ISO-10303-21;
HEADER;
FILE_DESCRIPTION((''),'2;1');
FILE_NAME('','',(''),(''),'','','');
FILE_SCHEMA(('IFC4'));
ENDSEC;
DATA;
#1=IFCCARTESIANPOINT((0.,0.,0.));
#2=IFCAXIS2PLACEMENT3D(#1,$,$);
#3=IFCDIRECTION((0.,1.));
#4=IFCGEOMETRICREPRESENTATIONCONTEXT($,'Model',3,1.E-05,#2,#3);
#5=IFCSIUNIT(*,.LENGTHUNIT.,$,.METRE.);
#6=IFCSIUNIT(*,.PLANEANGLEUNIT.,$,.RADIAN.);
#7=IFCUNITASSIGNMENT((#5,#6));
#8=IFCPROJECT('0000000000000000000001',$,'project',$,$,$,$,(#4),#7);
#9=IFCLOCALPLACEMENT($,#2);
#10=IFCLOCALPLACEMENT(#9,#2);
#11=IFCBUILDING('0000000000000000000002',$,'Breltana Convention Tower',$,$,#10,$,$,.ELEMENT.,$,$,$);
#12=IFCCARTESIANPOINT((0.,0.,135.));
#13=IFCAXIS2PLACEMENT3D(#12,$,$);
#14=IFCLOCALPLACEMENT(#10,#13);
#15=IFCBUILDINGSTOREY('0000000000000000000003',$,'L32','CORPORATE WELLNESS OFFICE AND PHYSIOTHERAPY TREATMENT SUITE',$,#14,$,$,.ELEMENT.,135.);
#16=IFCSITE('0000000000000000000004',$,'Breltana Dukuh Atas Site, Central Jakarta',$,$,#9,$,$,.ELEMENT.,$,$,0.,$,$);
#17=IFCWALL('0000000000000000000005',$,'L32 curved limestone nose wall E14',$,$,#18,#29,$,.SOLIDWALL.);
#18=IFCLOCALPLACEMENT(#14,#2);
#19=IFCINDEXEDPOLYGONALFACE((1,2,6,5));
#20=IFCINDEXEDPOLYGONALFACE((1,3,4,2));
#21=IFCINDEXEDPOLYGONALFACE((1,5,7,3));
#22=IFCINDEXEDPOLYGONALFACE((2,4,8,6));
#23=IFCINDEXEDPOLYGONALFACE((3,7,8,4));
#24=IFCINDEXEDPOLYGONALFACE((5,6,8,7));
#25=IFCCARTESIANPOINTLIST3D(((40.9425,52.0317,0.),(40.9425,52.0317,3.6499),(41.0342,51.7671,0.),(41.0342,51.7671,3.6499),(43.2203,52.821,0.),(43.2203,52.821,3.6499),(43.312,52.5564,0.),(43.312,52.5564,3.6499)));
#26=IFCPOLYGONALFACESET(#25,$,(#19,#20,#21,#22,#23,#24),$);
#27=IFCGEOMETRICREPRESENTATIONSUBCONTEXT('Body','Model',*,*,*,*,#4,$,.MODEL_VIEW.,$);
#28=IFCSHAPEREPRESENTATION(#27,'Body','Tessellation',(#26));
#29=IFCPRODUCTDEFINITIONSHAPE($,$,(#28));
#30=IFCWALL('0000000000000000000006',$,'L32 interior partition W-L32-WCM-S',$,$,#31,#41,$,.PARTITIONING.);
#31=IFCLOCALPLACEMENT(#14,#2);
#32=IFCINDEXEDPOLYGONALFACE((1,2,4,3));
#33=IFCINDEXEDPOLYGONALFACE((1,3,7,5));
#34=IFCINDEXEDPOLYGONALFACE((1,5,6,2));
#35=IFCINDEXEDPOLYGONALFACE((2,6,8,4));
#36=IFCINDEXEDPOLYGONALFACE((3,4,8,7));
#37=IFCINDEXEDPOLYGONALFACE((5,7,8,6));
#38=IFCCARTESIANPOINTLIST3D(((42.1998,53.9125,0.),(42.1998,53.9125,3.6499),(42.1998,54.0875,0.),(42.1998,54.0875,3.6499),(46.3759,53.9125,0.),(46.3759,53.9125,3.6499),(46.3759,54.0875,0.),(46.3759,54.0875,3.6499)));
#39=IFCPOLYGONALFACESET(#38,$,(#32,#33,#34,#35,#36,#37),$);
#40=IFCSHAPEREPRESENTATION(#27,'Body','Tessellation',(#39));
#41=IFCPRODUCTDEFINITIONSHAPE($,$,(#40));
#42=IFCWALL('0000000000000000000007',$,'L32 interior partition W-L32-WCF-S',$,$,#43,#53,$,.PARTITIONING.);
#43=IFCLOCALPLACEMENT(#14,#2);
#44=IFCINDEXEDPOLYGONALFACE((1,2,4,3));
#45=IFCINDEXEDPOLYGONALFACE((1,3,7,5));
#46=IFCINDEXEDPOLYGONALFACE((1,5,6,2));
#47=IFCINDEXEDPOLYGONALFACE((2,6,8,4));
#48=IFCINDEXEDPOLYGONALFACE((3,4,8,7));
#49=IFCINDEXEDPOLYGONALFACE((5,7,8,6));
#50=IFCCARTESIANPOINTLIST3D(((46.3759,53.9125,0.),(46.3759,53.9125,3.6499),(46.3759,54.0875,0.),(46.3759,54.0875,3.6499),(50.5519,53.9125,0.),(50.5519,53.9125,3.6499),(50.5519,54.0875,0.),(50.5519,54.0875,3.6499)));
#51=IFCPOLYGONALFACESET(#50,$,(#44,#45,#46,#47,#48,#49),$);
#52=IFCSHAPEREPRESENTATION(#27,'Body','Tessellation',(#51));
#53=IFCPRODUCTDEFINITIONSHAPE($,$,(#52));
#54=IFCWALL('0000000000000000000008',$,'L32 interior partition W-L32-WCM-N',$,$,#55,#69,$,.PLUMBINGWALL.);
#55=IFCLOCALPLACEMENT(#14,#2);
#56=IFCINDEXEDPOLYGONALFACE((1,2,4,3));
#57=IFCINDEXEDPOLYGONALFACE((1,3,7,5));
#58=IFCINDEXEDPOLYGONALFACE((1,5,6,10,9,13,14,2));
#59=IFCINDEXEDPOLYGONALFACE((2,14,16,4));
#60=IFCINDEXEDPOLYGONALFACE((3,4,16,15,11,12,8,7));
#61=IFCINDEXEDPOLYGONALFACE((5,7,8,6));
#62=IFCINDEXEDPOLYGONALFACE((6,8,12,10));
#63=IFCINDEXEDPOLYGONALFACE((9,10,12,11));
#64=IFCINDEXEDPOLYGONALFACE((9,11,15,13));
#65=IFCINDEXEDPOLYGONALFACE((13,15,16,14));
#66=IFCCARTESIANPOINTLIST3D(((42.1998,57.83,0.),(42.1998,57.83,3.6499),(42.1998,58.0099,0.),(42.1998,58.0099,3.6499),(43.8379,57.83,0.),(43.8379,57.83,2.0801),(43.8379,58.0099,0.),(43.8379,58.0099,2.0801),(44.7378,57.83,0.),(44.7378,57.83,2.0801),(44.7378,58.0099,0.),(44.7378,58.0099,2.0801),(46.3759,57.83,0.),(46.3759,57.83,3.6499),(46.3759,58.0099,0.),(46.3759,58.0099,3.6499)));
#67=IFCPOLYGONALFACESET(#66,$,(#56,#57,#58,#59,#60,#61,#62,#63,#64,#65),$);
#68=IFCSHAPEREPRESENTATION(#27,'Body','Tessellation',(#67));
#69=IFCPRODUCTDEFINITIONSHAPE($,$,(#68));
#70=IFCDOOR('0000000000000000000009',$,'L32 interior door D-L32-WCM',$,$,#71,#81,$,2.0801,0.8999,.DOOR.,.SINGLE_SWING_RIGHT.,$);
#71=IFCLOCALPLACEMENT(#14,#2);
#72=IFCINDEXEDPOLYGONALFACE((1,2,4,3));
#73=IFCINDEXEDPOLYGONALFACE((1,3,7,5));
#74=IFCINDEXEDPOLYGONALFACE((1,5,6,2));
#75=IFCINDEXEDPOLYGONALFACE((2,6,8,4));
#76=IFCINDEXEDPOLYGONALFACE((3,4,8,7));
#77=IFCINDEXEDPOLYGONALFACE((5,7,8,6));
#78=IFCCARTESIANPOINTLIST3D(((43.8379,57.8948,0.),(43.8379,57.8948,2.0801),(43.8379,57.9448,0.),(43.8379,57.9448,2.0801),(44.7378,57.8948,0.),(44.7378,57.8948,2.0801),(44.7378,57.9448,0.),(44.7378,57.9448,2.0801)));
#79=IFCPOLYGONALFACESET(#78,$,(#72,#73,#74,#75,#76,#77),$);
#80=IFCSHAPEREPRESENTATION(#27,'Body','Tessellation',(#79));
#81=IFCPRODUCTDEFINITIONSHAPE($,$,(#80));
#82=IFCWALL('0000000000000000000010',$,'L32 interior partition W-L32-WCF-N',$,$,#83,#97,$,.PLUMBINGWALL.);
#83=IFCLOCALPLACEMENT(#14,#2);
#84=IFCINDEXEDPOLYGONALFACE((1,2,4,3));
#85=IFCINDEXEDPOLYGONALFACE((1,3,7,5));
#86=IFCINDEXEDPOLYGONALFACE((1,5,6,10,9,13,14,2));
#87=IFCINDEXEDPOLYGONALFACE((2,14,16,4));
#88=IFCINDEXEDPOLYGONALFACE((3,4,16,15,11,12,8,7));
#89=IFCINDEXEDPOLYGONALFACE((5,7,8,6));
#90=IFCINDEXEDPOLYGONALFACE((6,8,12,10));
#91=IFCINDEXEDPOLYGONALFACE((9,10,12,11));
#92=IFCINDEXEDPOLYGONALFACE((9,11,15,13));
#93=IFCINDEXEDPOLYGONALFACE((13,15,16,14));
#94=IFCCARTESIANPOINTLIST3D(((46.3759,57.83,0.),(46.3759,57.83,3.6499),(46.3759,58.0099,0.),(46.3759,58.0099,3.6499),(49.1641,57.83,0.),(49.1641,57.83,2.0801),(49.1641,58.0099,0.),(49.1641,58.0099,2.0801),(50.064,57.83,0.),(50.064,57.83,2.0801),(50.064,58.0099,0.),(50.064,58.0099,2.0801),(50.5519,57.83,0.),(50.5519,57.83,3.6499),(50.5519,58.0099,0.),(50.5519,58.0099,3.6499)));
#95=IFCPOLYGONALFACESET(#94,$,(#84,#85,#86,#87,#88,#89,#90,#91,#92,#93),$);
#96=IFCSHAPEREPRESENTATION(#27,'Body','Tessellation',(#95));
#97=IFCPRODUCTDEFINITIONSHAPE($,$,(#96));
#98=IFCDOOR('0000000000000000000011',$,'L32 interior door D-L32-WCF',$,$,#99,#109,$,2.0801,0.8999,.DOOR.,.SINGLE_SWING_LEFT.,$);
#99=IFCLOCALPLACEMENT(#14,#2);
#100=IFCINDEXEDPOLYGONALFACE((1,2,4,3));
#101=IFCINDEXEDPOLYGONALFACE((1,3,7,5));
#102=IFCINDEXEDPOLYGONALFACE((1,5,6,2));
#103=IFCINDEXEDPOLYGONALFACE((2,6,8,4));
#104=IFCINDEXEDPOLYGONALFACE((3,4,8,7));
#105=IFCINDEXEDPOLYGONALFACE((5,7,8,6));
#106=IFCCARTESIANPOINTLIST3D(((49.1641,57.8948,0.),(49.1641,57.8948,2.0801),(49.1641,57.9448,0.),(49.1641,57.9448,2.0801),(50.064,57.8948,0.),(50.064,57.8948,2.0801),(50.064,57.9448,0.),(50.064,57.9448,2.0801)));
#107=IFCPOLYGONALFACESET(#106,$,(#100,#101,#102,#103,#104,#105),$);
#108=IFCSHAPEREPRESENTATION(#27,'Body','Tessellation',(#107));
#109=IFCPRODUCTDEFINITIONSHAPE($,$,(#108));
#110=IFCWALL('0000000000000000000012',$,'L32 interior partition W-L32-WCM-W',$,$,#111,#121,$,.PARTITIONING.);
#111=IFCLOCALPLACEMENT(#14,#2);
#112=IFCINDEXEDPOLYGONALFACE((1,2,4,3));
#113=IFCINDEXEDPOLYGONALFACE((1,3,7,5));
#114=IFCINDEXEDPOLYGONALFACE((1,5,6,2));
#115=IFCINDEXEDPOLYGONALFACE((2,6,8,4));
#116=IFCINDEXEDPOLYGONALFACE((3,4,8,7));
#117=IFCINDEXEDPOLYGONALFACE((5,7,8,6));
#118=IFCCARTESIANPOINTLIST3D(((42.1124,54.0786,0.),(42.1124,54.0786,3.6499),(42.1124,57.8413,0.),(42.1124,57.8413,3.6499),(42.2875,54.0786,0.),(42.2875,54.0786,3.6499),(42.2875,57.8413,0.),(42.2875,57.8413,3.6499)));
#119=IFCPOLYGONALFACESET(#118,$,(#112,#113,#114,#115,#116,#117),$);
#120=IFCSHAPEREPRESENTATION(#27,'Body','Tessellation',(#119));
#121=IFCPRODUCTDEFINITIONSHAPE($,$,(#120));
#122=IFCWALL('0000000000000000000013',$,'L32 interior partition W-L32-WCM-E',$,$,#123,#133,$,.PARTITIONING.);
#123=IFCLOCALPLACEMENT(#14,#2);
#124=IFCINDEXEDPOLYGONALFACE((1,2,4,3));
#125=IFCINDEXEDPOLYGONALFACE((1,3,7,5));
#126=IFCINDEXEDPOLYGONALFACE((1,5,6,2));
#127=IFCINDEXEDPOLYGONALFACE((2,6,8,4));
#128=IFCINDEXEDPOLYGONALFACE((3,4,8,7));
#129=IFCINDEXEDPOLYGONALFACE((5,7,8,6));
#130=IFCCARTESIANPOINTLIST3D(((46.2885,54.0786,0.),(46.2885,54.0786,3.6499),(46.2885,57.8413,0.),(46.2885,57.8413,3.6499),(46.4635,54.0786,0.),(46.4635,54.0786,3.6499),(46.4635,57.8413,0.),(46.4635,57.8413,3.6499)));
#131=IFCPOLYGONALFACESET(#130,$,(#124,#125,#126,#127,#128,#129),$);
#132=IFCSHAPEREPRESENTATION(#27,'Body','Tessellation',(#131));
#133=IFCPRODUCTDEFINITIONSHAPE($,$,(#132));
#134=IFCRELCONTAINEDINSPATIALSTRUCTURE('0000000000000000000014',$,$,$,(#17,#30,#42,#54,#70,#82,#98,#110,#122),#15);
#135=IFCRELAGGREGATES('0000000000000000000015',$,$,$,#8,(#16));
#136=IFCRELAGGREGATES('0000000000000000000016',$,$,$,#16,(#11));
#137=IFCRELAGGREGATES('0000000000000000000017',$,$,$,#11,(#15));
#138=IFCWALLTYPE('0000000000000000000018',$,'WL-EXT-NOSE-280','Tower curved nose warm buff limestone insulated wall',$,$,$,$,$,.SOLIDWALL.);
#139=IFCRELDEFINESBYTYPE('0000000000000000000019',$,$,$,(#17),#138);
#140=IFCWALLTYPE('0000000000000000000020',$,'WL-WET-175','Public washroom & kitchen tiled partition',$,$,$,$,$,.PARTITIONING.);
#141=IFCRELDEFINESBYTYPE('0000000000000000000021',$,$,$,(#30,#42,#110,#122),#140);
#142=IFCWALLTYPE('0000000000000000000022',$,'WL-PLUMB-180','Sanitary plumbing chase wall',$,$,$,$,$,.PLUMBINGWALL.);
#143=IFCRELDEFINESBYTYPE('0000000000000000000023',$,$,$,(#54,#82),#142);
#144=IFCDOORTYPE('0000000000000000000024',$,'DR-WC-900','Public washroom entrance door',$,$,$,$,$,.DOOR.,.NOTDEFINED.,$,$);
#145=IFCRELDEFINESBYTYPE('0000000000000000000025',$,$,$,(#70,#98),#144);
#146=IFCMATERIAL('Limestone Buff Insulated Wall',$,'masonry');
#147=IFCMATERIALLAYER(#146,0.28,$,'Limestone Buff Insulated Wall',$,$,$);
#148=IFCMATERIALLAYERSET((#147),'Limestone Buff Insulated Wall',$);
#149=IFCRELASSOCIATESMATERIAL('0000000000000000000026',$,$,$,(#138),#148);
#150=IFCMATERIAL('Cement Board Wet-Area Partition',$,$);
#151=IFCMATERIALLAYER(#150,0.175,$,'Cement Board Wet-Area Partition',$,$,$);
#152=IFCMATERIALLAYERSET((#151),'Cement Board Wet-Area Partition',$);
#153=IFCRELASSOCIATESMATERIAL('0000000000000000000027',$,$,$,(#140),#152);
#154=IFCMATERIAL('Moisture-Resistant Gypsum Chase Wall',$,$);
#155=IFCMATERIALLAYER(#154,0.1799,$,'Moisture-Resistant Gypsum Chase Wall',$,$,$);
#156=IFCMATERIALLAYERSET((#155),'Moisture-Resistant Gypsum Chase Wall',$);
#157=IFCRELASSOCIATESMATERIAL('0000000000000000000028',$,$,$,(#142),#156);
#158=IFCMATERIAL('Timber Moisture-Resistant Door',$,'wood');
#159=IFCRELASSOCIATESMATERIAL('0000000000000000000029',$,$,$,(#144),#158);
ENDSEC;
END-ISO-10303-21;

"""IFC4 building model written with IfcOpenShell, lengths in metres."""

from ifc_helpers import new_model, si_unit, direction, frame, frame_2d, origin, place, context, subcontext, project, spatial, rectangle, extrude, source, transform, mapped, material, layer, layer_set, type_object, type_shapes, element, fill, save


model = new_model("IFC4")

# Units and contexts
model_context = context("Model", 3, precision=1e-05, world=origin(), true_north=direction((0.0, 1.0)))
body_context = subcontext(model_context, "Body", "Model", "MODEL_VIEW")
ifc_project = project(units=[si_unit("LENGTHUNIT", "METRE"), si_unit("PLANEANGLEUNIT", "RADIAN")], contexts=[model_context])

# Site, building, storey
site_placement = place(None, origin())
site = spatial("IfcSite", under=ifc_project, at=site_placement, Name="Breltana Dukuh Atas Site, Central Jakarta", CompositionType="ELEMENT", RefElevation=0.0)
building_placement = place(site_placement, origin())
building = spatial("IfcBuilding", under=site, at=building_placement, Name="Breltana Convention Tower", CompositionType="ELEMENT")
storey_placement = place(building_placement, frame((0.0, 0.0, 135.0)))
storey = spatial("IfcBuildingStorey", under=building, at=storey_placement, Name="L32", Description="CORPORATE WELLNESS OFFICE AND PHYSIOTHERAPY TREATMENT SUITE", CompositionType="ELEMENT", Elevation=135.0)

# Walls
ifc_material_1 = material(Name="Limestone Buff Insulated Wall", Category="masonry")
ifc_layer_1 = layer(ifc_material_1, 0.28, Name="Limestone Buff Insulated Wall")
ifc_layer_set_1 = layer_set([ifc_layer_1], Name="Limestone Buff Insulated Wall")
wall_type_1 = type_object("IfcWallType", Name="WL-EXT-NOSE-280", Description="Tower curved nose warm buff limestone insulated wall", PredefinedType="SOLIDWALL", material=ifc_layer_set_1)
shared_shape_1 = source(origin(), body_context, "Body", "SweptSolid", [
    extrude(rectangle(XDim=2.4106, YDim=0.28, at=frame_2d((1.2053, 0.0))), origin(), (0.0, 0.0, 1.0), 3.6499),
])
wall_1_placement = place(storey_placement, frame((43.2661, 52.6887, 0.0), z_axis=(0.0, 0.0, 1.0), x_axis=(-0.94488, -0.327417, 0.0)))
element("IfcWall", 1, at=wall_1_placement, inside=storey, type_object=wall_type_1, Name="L32 curved limestone nose wall E14", PredefinedType="SOLIDWALL", context=body_context, shape_type="MappedRepresentation", body=[
    mapped(shared_shape_1, transform((0.0, 0.0, 0.0), scale=1.0)),
])
ifc_material_2 = material(Name="Cement Board Wet-Area Partition")
ifc_layer_2 = layer(ifc_material_2, 0.175, Name="Cement Board Wet-Area Partition")
ifc_layer_set_2 = layer_set([ifc_layer_2], Name="Cement Board Wet-Area Partition")
wall_type_2 = type_object("IfcWallType", Name="WL-WET-175", Description="Public washroom & kitchen tiled partition", PredefinedType="PARTITIONING", material=ifc_layer_set_2)
shared_shape_2 = source(origin(), body_context, "Body", "SweptSolid", [
    extrude(rectangle(XDim=4.176, YDim=0.175, at=frame_2d((2.0879, 0.0))), origin(), (0.0, 0.0, 1.0), 3.6499),
])
for number, where, z_axis, x_axis, name in (
    (2, (42.2, 54.0, 0.0), (0.0, 0.0, 1.0), (1.0, 0.0, 0.0), "L32 interior partition W-L32-WCM-S"),
    (3, (46.376, 54.0, 0.0), (0.0, 0.0, 1.0), (1.0, 0.0, 0.0), "L32 interior partition W-L32-WCF-S"),
):
    element("IfcWall", number, at=place(storey_placement, frame(where, z_axis=z_axis, x_axis=x_axis)), inside=storey, type_object=wall_type_2, Name=name, PredefinedType="PARTITIONING", context=body_context, shape_type="MappedRepresentation", body=[
        mapped(shared_shape_2, transform((0.0, 0.0, 0.0), scale=1.0)),
    ])

# Walls, openings, doors
ifc_material_3 = material(Name="Moisture-Resistant Gypsum Chase Wall")
ifc_layer_3 = layer(ifc_material_3, 0.1799, Name="Moisture-Resistant Gypsum Chase Wall")
ifc_layer_set_3 = layer_set([ifc_layer_3], Name="Moisture-Resistant Gypsum Chase Wall")
wall_type_3 = type_object("IfcWallType", Name="WL-PLUMB-180", Description="Sanitary plumbing chase wall", PredefinedType="PLUMBINGWALL", material=ifc_layer_set_3)
shared_shape_3 = source(origin(), body_context, "Body", "SweptSolid", [
    extrude(rectangle(XDim=4.176, YDim=0.1799, at=frame_2d((2.0879, 0.0))), origin(), (0.0, 0.0, 1.0), 3.6499),
])
wall_2_placement = place(storey_placement, frame((42.2, 57.9199, 0.0), z_axis=(0.0, 0.0, 1.0), x_axis=(1.0, 0.0, 0.0)))
wall_2 = element("IfcWall", 4, at=wall_2_placement, inside=storey, type_object=wall_type_3, Name="L32 interior partition W-L32-WCM-N", PredefinedType="PLUMBINGWALL", context=body_context, shape_type="MappedRepresentation", body=[
    mapped(shared_shape_3, transform((0.0, 0.0, 0.0), scale=1.0)),
])
opening_1_placement = place(wall_2_placement, frame((1.6379, 0.0, 0.0)))
opening_1 = element("IfcOpeningElement", 5, at=opening_1_placement, cuts=wall_2, PredefinedType="OPENING", context=body_context, shape_type="SweptSolid", body=[
    extrude(rectangle(XDim=0.8999, YDim=2.0801, at=frame_2d((0.45, 1.04))), frame((0.0, 0.1001, 0.0), z_axis=(0.0, -1.0, 0.0), x_axis=(1.0, 0.0, 0.0)), (0.0, 0.0, 1.0), 0.2),
])
ifc_material_4 = material(Name="Timber Moisture-Resistant Door", Category="wood")
door_type = type_object("IfcDoorType", Name="DR-WC-900", Description="Public washroom entrance door", OperationType="NOTDEFINED", PredefinedType="DOOR", material=ifc_material_4)
shared_shape_4 = source(origin(), body_context, "Body", "SweptSolid", [
    extrude(rectangle(XDim=0.8999, YDim=2.0801, at=frame_2d((0.45, 1.04))), frame((0.0, 0.0249, 0.0), z_axis=(0.0, -1.0, 0.0), x_axis=(1.0, 0.0, 0.0)), (0.0, 0.0, 1.0), 0.05),
])
type_shapes(door_type, [shared_shape_4])
door_1_placement = place(opening_1_placement, origin())
door_1 = element("IfcDoor", 6, at=door_1_placement, inside=storey, type_object=door_type, Name="L32 interior door D-L32-WCM", OperationType="SINGLE_SWING_RIGHT", OverallHeight=2.0801, OverallWidth=0.8999, PredefinedType="DOOR", context=body_context, shape_type="MappedRepresentation", body=[
    mapped(shared_shape_4, transform((0.0, 0.0, 0.0), scale=1.0)),
])
fill(opening_1, door_1)
wall_3_placement = place(storey_placement, frame((46.376, 57.9199, 0.0), z_axis=(0.0, 0.0, 1.0), x_axis=(1.0, 0.0, 0.0)))
wall_3 = element("IfcWall", 7, at=wall_3_placement, inside=storey, type_object=wall_type_3, Name="L32 interior partition W-L32-WCF-N", PredefinedType="PLUMBINGWALL", context=body_context, shape_type="MappedRepresentation", body=[
    mapped(shared_shape_3, transform((0.0, 0.0, 0.0), scale=1.0)),
])
opening_2_placement = place(wall_3_placement, frame((2.7881, 0.0, 0.0)))
opening_2 = element("IfcOpeningElement", 8, at=opening_2_placement, cuts=wall_3, PredefinedType="OPENING", context=body_context, shape_type="SweptSolid", body=[
    extrude(rectangle(XDim=0.8999, YDim=2.0801, at=frame_2d((0.45, 1.04))), frame((0.0, 0.1001, 0.0), z_axis=(0.0, -1.0, 0.0), x_axis=(1.0, 0.0, 0.0)), (0.0, 0.0, 1.0), 0.2),
])
door_2_placement = place(opening_2_placement, origin())
door_2 = element("IfcDoor", 9, at=door_2_placement, inside=storey, type_object=door_type, Name="L32 interior door D-L32-WCF", OperationType="SINGLE_SWING_LEFT", OverallHeight=2.0801, OverallWidth=0.8999, PredefinedType="DOOR", context=body_context, shape_type="MappedRepresentation", body=[
    mapped(shared_shape_4, transform((0.0, 0.0, 0.0), scale=1.0)),
])
fill(opening_2, door_2)

# Walls
shared_shape_5 = source(origin(), body_context, "Body", "SweptSolid", [
    extrude(rectangle(XDim=3.7627, YDim=0.175, at=frame_2d((1.8813, 0.0))), origin(), (0.0, 0.0, 1.0), 3.6499),
])
for number, where, z_axis, x_axis, name in (
    (10, (42.2, 54.0786, 0.0), (0.0, 0.0, 1.0), (0.0, 1.0, 0.0), "L32 interior partition W-L32-WCM-W"),
    (11, (46.376, 54.0786, 0.0), (0.0, 0.0, 1.0), (0.0, 1.0, 0.0), "L32 interior partition W-L32-WCM-E"),
):
    element("IfcWall", number, at=place(storey_placement, frame(where, z_axis=z_axis, x_axis=x_axis)), inside=storey, type_object=wall_type_2, Name=name, PredefinedType="PARTITIONING", context=body_context, shape_type="MappedRepresentation", body=[
        mapped(shared_shape_5, transform((0.0, 0.0, 0.0), scale=1.0)),
    ])

save(model, "model.ifc")
